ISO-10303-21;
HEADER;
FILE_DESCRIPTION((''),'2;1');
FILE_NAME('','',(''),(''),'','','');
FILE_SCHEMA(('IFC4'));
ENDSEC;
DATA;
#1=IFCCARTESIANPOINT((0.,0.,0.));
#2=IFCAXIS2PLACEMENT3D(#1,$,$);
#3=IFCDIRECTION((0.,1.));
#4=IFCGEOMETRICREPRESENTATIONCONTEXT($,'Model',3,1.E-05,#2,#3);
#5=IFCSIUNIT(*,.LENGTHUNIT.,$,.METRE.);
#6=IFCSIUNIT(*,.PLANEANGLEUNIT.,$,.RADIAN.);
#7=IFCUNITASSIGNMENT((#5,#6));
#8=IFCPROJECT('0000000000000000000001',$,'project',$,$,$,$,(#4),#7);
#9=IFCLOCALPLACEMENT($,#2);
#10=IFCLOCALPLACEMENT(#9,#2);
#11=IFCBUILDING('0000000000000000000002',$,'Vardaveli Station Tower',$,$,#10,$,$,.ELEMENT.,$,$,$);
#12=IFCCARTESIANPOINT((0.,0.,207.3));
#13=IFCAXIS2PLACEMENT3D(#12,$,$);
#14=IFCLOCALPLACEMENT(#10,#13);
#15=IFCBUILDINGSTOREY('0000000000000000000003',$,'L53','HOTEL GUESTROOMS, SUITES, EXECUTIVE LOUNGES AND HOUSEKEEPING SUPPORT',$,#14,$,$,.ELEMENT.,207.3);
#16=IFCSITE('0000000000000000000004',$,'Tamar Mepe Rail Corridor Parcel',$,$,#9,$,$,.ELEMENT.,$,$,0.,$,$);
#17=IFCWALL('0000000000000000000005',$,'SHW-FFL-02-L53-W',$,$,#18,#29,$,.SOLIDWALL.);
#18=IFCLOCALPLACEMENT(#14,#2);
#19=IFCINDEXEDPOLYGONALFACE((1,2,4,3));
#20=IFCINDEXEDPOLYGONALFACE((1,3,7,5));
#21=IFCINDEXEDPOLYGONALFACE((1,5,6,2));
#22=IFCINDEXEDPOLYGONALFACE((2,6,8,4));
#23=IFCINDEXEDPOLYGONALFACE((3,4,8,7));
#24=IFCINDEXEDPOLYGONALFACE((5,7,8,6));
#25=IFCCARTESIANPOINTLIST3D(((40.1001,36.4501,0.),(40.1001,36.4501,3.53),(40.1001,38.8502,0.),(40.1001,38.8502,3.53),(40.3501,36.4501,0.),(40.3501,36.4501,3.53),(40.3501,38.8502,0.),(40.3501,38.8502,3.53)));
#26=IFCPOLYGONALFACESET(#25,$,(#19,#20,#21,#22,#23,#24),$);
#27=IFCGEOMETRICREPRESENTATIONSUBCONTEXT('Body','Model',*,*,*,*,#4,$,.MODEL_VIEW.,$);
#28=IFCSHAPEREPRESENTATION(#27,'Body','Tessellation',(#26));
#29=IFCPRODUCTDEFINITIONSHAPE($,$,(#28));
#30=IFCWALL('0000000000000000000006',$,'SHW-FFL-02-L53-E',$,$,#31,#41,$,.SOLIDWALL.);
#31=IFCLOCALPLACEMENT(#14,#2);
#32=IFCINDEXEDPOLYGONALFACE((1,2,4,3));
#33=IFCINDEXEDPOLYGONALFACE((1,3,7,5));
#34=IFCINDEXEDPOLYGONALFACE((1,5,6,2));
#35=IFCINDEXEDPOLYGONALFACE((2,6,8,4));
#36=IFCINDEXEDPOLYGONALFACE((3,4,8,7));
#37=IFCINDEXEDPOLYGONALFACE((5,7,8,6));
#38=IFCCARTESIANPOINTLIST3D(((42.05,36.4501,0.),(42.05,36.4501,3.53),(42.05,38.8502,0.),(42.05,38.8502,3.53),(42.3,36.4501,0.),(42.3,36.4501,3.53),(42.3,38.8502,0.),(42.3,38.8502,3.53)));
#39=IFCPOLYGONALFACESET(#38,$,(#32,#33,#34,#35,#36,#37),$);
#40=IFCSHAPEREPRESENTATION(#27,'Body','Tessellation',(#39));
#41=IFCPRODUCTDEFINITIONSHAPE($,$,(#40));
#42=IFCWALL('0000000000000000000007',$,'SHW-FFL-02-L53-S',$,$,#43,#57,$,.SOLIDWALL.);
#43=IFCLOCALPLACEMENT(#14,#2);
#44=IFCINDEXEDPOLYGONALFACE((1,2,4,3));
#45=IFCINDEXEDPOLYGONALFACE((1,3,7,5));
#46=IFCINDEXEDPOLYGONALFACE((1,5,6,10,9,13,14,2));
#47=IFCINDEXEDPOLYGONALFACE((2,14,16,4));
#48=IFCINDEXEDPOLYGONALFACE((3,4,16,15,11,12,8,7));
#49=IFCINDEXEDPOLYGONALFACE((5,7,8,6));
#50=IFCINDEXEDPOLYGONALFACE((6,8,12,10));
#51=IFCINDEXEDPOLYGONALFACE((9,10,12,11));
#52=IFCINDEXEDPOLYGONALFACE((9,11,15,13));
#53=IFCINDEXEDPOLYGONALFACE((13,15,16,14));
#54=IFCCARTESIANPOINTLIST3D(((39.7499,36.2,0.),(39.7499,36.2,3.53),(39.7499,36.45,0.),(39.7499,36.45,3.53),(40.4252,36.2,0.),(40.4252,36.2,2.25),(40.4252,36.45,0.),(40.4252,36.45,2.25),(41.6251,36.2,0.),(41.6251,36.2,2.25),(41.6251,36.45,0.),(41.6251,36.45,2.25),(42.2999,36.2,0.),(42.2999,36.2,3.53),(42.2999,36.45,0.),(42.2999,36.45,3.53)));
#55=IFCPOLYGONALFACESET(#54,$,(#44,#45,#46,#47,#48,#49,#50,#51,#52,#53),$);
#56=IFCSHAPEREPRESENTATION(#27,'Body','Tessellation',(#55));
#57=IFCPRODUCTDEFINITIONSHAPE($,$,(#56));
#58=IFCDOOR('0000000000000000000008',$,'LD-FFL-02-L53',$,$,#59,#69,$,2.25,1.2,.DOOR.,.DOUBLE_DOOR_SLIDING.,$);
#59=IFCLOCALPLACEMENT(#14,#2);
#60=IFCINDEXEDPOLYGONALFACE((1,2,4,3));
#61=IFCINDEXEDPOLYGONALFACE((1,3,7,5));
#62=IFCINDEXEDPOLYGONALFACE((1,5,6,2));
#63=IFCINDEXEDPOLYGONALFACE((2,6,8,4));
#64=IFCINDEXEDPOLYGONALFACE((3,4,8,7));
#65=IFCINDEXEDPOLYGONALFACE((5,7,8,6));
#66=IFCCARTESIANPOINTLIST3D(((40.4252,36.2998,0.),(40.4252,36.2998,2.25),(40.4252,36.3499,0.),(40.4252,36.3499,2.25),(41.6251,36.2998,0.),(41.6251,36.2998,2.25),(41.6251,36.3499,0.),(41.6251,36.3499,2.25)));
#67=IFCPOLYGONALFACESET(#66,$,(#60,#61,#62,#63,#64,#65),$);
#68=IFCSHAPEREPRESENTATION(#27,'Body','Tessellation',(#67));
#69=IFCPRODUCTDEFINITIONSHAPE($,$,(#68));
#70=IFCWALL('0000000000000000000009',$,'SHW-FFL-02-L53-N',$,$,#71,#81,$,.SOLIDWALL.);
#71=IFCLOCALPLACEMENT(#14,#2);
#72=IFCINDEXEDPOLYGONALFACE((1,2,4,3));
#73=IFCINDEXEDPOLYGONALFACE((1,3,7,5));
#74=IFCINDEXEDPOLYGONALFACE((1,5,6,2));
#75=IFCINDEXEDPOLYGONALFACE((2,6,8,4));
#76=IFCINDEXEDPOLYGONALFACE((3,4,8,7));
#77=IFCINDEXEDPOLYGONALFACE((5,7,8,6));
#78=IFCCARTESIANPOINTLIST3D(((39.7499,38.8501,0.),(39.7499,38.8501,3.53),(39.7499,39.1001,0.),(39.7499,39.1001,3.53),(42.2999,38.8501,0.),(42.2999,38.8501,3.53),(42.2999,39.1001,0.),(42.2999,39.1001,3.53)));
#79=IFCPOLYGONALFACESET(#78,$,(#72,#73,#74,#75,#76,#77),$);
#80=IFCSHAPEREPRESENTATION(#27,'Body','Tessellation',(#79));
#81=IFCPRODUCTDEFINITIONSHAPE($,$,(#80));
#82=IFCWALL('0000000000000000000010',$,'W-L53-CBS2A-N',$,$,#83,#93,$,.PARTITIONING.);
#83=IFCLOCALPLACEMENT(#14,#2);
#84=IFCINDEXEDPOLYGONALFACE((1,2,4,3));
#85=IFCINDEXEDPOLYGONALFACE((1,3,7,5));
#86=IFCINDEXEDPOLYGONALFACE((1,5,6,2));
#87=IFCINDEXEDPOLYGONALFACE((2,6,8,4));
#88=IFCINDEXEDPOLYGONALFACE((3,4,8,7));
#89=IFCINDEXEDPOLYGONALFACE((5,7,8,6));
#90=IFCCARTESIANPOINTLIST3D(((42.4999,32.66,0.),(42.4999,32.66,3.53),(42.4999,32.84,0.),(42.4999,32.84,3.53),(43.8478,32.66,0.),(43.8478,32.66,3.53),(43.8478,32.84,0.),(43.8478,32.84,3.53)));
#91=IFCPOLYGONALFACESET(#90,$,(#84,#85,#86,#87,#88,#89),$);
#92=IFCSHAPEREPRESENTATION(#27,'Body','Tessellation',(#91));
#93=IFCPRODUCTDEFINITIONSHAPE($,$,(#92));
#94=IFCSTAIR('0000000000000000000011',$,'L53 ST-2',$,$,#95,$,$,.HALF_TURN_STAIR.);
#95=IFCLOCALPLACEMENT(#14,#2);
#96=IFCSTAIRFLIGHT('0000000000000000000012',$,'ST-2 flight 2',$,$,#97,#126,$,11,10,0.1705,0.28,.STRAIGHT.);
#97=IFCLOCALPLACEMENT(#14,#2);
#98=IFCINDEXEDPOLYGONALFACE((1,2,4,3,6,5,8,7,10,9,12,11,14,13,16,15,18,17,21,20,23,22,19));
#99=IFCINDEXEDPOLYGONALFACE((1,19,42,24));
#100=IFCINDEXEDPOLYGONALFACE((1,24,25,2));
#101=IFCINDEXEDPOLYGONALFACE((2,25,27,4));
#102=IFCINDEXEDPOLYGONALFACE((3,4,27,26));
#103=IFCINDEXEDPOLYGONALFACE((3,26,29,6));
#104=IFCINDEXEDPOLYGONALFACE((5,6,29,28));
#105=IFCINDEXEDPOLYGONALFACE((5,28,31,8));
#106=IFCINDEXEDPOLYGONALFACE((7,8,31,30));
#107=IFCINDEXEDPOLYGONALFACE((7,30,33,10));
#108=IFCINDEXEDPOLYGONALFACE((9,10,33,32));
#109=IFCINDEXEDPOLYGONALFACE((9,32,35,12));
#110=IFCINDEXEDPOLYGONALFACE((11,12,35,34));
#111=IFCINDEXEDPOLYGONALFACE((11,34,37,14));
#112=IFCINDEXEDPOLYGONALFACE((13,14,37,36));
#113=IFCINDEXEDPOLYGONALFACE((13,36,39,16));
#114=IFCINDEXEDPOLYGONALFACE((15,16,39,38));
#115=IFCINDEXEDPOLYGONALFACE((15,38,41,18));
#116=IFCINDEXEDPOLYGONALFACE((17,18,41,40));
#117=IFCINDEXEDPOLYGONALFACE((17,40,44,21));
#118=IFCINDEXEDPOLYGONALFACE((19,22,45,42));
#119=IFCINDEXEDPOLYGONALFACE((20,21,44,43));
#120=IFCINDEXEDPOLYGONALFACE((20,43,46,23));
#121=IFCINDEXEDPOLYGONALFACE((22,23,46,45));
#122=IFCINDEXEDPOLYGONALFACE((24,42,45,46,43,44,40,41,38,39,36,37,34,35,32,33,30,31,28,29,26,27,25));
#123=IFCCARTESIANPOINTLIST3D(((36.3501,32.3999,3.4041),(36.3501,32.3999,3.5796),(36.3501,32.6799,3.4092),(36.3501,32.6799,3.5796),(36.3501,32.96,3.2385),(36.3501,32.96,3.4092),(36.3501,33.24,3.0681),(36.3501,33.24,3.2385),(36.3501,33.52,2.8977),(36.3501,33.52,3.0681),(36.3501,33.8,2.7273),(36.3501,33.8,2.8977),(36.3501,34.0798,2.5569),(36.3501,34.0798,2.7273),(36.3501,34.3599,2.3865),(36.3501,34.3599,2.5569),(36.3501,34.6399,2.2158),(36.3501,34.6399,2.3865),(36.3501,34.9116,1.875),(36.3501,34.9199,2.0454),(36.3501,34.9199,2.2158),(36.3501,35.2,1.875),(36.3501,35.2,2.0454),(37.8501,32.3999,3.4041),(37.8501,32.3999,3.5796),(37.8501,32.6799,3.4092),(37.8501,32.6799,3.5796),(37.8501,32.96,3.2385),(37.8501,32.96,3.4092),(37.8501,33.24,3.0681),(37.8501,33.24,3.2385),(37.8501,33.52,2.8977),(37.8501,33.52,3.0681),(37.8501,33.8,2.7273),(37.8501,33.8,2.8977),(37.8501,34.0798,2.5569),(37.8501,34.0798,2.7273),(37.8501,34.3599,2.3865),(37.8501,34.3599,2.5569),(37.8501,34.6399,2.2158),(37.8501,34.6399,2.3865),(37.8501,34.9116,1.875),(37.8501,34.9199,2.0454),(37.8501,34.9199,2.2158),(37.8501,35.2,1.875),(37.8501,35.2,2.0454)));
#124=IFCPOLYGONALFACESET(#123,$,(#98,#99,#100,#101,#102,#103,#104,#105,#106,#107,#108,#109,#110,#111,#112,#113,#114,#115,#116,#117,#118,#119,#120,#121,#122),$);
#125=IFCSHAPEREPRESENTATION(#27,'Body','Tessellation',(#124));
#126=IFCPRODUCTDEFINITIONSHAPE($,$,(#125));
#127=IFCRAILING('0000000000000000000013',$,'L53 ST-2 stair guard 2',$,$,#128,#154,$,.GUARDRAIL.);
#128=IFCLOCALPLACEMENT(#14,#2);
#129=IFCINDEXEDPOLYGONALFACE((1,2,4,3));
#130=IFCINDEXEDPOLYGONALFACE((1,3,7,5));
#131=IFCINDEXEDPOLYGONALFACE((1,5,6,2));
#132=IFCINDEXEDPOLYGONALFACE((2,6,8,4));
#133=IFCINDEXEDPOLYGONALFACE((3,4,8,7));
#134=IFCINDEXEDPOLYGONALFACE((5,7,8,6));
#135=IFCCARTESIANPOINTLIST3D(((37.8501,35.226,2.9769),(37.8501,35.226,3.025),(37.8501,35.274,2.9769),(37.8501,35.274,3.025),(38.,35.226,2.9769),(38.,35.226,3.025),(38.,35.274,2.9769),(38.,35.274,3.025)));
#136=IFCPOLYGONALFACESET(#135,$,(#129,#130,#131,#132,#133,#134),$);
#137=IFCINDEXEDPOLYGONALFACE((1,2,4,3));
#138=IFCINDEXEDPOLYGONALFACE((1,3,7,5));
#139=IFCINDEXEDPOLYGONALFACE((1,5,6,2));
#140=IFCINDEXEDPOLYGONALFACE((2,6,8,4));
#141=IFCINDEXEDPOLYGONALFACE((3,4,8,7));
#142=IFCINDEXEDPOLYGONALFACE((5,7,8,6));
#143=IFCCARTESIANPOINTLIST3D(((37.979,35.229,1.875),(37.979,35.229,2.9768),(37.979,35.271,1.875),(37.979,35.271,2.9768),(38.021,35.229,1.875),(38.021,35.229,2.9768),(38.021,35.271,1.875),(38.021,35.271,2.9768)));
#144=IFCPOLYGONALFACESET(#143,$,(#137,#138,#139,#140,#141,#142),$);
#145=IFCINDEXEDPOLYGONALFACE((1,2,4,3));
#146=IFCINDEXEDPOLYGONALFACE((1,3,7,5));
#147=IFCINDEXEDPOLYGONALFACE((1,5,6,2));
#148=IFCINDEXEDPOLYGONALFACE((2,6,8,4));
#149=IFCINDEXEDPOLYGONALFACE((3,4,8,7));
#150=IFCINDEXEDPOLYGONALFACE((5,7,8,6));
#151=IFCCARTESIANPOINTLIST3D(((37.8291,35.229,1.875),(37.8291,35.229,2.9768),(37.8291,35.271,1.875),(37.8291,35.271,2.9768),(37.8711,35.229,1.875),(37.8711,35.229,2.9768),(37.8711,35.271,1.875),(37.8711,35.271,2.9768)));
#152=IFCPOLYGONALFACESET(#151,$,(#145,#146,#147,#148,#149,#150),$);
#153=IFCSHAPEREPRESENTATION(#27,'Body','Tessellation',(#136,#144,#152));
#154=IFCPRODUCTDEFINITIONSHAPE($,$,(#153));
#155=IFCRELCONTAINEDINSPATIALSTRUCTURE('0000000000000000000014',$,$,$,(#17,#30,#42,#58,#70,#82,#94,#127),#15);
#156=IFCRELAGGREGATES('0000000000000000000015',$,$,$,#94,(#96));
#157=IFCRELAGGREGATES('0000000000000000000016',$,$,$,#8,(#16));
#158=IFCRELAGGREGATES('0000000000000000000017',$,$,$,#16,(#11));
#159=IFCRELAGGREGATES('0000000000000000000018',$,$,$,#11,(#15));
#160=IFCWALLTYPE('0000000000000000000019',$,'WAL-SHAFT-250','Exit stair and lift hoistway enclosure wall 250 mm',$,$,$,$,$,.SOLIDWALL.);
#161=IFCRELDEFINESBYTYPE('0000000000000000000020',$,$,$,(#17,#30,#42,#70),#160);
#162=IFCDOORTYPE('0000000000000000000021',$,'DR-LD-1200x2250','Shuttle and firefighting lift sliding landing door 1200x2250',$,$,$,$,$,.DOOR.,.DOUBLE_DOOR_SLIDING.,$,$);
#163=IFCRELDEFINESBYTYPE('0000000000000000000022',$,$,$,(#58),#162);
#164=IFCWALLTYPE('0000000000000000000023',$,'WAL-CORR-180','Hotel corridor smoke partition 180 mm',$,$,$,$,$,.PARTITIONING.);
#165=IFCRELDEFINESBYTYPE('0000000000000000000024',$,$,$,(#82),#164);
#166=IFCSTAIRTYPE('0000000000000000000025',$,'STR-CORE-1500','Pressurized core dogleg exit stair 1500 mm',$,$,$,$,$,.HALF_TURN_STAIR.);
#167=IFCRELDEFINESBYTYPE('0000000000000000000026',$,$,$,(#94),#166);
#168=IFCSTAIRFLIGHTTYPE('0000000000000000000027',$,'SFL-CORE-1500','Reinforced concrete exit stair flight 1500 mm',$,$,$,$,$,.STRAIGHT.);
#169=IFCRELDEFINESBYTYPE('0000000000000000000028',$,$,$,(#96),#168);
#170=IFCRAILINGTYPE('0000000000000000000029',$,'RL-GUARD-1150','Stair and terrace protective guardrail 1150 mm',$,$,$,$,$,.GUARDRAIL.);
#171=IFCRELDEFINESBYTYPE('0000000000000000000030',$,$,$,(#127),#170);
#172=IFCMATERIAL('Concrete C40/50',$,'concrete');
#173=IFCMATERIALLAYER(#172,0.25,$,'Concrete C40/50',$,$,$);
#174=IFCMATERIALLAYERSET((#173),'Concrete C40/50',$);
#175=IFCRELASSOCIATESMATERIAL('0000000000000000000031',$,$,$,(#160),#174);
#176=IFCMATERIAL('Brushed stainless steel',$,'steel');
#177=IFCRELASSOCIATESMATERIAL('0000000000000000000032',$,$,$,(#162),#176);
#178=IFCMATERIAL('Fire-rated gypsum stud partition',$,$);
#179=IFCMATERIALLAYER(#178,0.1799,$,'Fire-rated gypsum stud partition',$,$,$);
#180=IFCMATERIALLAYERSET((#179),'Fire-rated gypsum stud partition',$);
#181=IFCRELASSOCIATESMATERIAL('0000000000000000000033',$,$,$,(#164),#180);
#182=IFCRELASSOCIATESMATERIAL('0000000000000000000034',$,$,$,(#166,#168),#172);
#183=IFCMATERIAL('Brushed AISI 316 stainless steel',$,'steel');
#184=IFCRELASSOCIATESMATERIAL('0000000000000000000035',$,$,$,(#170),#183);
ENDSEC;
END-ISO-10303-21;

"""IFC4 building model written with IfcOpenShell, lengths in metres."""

from ifc_helpers import new_model, si_unit, direction, frame, frame_2d, origin, origin_2d, place, context, subcontext, project, spatial, polyline, rectangle, outline, extrude, source, transform, mapped, material, layer, layer_set, type_object, element, fill, aggregate, save


model = new_model("IFC4")

# Units and contexts
model_context = context("Model", 3, precision=1e-05, world=origin(), true_north=direction((0.0, 1.0)))
body_context = subcontext(model_context, "Body", "Model", "MODEL_VIEW")
ifc_project = project(units=[si_unit("LENGTHUNIT", "METRE"), si_unit("PLANEANGLEUNIT", "RADIAN")], contexts=[model_context])

# Site, building, storey
site_placement = place(None, origin())
site = spatial("IfcSite", under=ifc_project, at=site_placement, Name="Tamar Mepe Rail Corridor Parcel", CompositionType="ELEMENT", RefElevation=0.0)
building_placement = place(site_placement, origin())
building = spatial("IfcBuilding", under=site, at=building_placement, Name="Vardaveli Station Tower", CompositionType="ELEMENT")
storey_placement = place(building_placement, frame((0.0, 0.0, 207.3)))
storey = spatial("IfcBuildingStorey", under=building, at=storey_placement, Name="L53", Description="HOTEL GUESTROOMS, SUITES, EXECUTIVE LOUNGES AND HOUSEKEEPING SUPPORT", CompositionType="ELEMENT", Elevation=207.3)

# Walls
ifc_material_1 = material(Name="Concrete C40/50", Category="concrete")
ifc_layer_1 = layer(ifc_material_1, 0.25, Name="Concrete C40/50")
ifc_layer_set_1 = layer_set([ifc_layer_1], Name="Concrete C40/50")
wall_type_1 = type_object("IfcWallType", Name="WAL-SHAFT-250", Description="Exit stair and lift hoistway enclosure wall 250 mm", PredefinedType="SOLIDWALL", material=ifc_layer_set_1)
shared_shape_1 = source(origin(), body_context, "Body", "SweptSolid", [
    extrude(rectangle(XDim=2.4001, YDim=0.25, at=frame_2d((1.2002, 0.0))), origin(), (0.0, 0.0, 1.0), 3.53),
])
for number, where, z_axis, x_axis, name in (
    (1, (40.2251, 36.45, 0.0), (0.0, 0.0, 1.0), (0.0, 1.0, 0.0), "SHW-FFL-02-L53-W"),
    (2, (42.175, 36.45, 0.0), (0.0, 0.0, 1.0), (0.0, 1.0, 0.0), "SHW-FFL-02-L53-E"),
):
    element("IfcWall", number, at=place(storey_placement, frame(where, z_axis=z_axis, x_axis=x_axis)), inside=storey, type_object=wall_type_1, Name=name, PredefinedType="SOLIDWALL", context=body_context, shape_type="MappedRepresentation", body=[
        mapped(shared_shape_1, transform((0.0, 0.0, 0.0), scale=1.0)),
    ])

# Wall, opening, door
shared_shape_2 = source(origin(), body_context, "Body", "SweptSolid", [
    extrude(rectangle(XDim=2.55, YDim=0.25, at=frame_2d((1.2749, 0.0))), origin(), (0.0, 0.0, 1.0), 3.53),
])
wall_1_placement = place(storey_placement, frame((39.75, 36.325, 0.0), z_axis=(0.0, 0.0, 1.0), x_axis=(1.0, 0.0, 0.0)))
wall_1 = element("IfcWall", 3, at=wall_1_placement, inside=storey, type_object=wall_type_1, Name="SHW-FFL-02-L53-S", PredefinedType="SOLIDWALL", context=body_context, shape_type="MappedRepresentation", body=[
    mapped(shared_shape_2, transform((0.0, 0.0, 0.0), scale=1.0)),
])
shared_shape_3 = source(origin(), body_context, "Body", "SweptSolid", [
    extrude(rectangle(XDim=1.2, YDim=2.25, at=frame_2d((0.6001, 1.125))), frame((0.0, 0.135, 0.0), z_axis=(0.0, -1.0, 0.0), x_axis=(1.0, 0.0, 0.0)), (0.0, 0.0, 1.0), 0.27),
])
opening_placement = place(wall_1_placement, frame((0.675, 0.0, 0.0)))
opening = element("IfcOpeningElement", 4, at=opening_placement, cuts=wall_1, PredefinedType="OPENING", context=body_context, shape_type="MappedRepresentation", body=[
    mapped(shared_shape_3, transform((0.0, 0.0, 0.0), scale=1.0)),
])
ifc_material_2 = material(Name="Brushed stainless steel", Category="steel")
door_type = type_object("IfcDoorType", Name="DR-LD-1200x2250", Description="Shuttle and firefighting lift sliding landing door 1200x2250", OperationType="DOUBLE_DOOR_SLIDING", PredefinedType="DOOR", material=ifc_material_2)
shared_shape_4 = source(origin(), body_context, "Body", "SweptSolid", [
    extrude(rectangle(XDim=1.2, YDim=2.25, at=frame_2d((0.6001, 1.125))), frame((0.0, 0.0249, 0.0), z_axis=(0.0, -1.0, 0.0), x_axis=(1.0, 0.0, 0.0)), (0.0, 0.0, 1.0), 0.05),
])
door_placement = place(opening_placement, origin())
door = element("IfcDoor", 5, at=door_placement, inside=storey, type_object=door_type, Name="LD-FFL-02-L53", OperationType="DOUBLE_DOOR_SLIDING", OverallHeight=2.25, OverallWidth=1.2, PredefinedType="DOOR", context=body_context, shape_type="MappedRepresentation", body=[
    mapped(shared_shape_4, transform((0.0, 0.0, 0.0), scale=1.0)),
])
fill(opening, door)

# Walls
wall_2_placement = place(storey_placement, frame((39.75, 38.9751, 0.0), z_axis=(0.0, 0.0, 1.0), x_axis=(1.0, 0.0, 0.0)))
element("IfcWall", 6, at=wall_2_placement, inside=storey, type_object=wall_type_1, Name="SHW-FFL-02-L53-N", PredefinedType="SOLIDWALL", context=body_context, shape_type="MappedRepresentation", body=[
    mapped(shared_shape_2, transform((0.0, 0.0, 0.0), scale=1.0)),
])
ifc_material_3 = material(Name="Fire-rated gypsum stud partition")
ifc_layer_2 = layer(ifc_material_3, 0.1799, Name="Fire-rated gypsum stud partition")
ifc_layer_set_2 = layer_set([ifc_layer_2], Name="Fire-rated gypsum stud partition")
wall_type_2 = type_object("IfcWallType", Name="WAL-CORR-180", Description="Hotel corridor smoke partition 180 mm", PredefinedType="PARTITIONING", material=ifc_layer_set_2)
shared_shape_5 = source(origin(), body_context, "Body", "SweptSolid", [
    extrude(rectangle(XDim=1.3479, YDim=0.1799, at=frame_2d((0.6738, 0.0))), origin(), (0.0, 0.0, 1.0), 3.53),
])
wall_3_placement = place(storey_placement, frame((42.5, 32.75, 0.0), z_axis=(0.0, 0.0, 1.0), x_axis=(1.0, 0.0, 0.0)))
element("IfcWall", 7, at=wall_3_placement, inside=storey, type_object=wall_type_2, Name="W-L53-CBS2A-N", PredefinedType="PARTITIONING", context=body_context, shape_type="MappedRepresentation", body=[
    mapped(shared_shape_5, transform((0.0, 0.0, 0.0), scale=1.0)),
])

# Stair, stair flight
stair_type = type_object("IfcStairType", Name="STR-CORE-1500", Description="Pressurized core dogleg exit stair 1500 mm", PredefinedType="HALF_TURN_STAIR", material=ifc_material_1)
stair_placement = place(storey_placement, origin())
stair = element("IfcStair", 8, at=stair_placement, inside=storey, type_object=stair_type, Name="L53 ST-2", PredefinedType="HALF_TURN_STAIR")
stair_flight_type = type_object("IfcStairFlightType", Name="SFL-CORE-1500", Description="Reinforced concrete exit stair flight 1500 mm", PredefinedType="STRAIGHT", material=ifc_material_1)
shared_shape_6 = source(origin(), body_context, "Body", "SweptSolid", [
    extrude(outline(polyline([(0.0, 0.0), (0.0, 0.1704), (0.28, 0.1704), (0.28, 0.3408), (0.5601, 0.3408), (0.5601, 0.5115), (0.8401, 0.5115), (0.8401, 0.6819), (1.1201, 0.6819), (1.1201, 0.8523), (1.3999, 0.8523), (1.3999, 1.0227), (1.6799, 1.0227), (1.6799, 1.1931), (1.96, 1.1931), (1.96, 1.3635), (2.24, 1.3635), (2.24, 1.5342), (2.52, 1.5342), (2.52, 1.7046), (2.8, 1.7046), (2.8, 1.875), (2.8, 1.5291), (0.2883, 0.0), (0.0, 0.0)])), frame((0.0, 0.75, 0.0), z_axis=(0.0, -1.0, 0.0), x_axis=(1.0, 0.0, 0.0)), (0.0, 0.0, 1.0), 1.5),
])
stair_flight_placement = place(storey_placement, frame((37.1001, 35.2, 1.875), z_axis=(0.0, 0.0, 1.0), x_axis=(0.0, -1.0, 0.0)))
stair_flight = element("IfcStairFlight", 9, at=stair_flight_placement, type_object=stair_flight_type, Name="ST-2 flight 2", NumberOfRisers=11, NumberOfTreads=10, PredefinedType="STRAIGHT", RiserHeight=0.1705, TreadLength=0.28, context=body_context, shape_type="MappedRepresentation", body=[
    mapped(shared_shape_6, transform((0.0, 0.0, 0.0), scale=1.0)),
])
aggregate(stair, [stair_flight])

# Railing
ifc_material_4 = material(Name="Brushed AISI 316 stainless steel", Category="steel")
railing_type_1 = type_object("IfcRailingType", Name="RL-GUARD-1150", Description="Stair and terrace protective guardrail 1150 mm", PredefinedType="GUARDRAIL", material=ifc_material_4)
shared_shape_7 = source(origin(), body_context, "Body", "SweptSolid", [
    extrude(rectangle(XDim=0.0481, YDim=0.0481, at=origin_2d()), frame((0.0, 0.0, 1.126), z_axis=(-1.0, 0.0, 0.0), x_axis=(0.0, -1.0, 0.0)), (0.0, 0.0, 1.0), 0.1499),
    extrude(rectangle(XDim=0.042, YDim=0.042, at=origin_2d()), origin(), (0.0, 0.0, 1.0), 1.1018),
    extrude(rectangle(XDim=0.042, YDim=0.042, at=origin_2d()), frame((-0.1499, 0.0, 0.0)), (0.0, 0.0, 1.0), 1.1018),
])
railing_1_placement = place(storey_placement, frame((38.0, 35.25, 1.875)))
element("IfcRailing", 10, at=railing_1_placement, inside=storey, type_object=railing_type_1, Name="L53 ST-2 stair guard 2", PredefinedType="GUARDRAIL", context=body_context, shape_type="MappedRepresentation", body=[
    mapped(shared_shape_7, transform((0.0, 0.0, 0.0), scale=1.0)),
])

save(model, "model.ifc")
